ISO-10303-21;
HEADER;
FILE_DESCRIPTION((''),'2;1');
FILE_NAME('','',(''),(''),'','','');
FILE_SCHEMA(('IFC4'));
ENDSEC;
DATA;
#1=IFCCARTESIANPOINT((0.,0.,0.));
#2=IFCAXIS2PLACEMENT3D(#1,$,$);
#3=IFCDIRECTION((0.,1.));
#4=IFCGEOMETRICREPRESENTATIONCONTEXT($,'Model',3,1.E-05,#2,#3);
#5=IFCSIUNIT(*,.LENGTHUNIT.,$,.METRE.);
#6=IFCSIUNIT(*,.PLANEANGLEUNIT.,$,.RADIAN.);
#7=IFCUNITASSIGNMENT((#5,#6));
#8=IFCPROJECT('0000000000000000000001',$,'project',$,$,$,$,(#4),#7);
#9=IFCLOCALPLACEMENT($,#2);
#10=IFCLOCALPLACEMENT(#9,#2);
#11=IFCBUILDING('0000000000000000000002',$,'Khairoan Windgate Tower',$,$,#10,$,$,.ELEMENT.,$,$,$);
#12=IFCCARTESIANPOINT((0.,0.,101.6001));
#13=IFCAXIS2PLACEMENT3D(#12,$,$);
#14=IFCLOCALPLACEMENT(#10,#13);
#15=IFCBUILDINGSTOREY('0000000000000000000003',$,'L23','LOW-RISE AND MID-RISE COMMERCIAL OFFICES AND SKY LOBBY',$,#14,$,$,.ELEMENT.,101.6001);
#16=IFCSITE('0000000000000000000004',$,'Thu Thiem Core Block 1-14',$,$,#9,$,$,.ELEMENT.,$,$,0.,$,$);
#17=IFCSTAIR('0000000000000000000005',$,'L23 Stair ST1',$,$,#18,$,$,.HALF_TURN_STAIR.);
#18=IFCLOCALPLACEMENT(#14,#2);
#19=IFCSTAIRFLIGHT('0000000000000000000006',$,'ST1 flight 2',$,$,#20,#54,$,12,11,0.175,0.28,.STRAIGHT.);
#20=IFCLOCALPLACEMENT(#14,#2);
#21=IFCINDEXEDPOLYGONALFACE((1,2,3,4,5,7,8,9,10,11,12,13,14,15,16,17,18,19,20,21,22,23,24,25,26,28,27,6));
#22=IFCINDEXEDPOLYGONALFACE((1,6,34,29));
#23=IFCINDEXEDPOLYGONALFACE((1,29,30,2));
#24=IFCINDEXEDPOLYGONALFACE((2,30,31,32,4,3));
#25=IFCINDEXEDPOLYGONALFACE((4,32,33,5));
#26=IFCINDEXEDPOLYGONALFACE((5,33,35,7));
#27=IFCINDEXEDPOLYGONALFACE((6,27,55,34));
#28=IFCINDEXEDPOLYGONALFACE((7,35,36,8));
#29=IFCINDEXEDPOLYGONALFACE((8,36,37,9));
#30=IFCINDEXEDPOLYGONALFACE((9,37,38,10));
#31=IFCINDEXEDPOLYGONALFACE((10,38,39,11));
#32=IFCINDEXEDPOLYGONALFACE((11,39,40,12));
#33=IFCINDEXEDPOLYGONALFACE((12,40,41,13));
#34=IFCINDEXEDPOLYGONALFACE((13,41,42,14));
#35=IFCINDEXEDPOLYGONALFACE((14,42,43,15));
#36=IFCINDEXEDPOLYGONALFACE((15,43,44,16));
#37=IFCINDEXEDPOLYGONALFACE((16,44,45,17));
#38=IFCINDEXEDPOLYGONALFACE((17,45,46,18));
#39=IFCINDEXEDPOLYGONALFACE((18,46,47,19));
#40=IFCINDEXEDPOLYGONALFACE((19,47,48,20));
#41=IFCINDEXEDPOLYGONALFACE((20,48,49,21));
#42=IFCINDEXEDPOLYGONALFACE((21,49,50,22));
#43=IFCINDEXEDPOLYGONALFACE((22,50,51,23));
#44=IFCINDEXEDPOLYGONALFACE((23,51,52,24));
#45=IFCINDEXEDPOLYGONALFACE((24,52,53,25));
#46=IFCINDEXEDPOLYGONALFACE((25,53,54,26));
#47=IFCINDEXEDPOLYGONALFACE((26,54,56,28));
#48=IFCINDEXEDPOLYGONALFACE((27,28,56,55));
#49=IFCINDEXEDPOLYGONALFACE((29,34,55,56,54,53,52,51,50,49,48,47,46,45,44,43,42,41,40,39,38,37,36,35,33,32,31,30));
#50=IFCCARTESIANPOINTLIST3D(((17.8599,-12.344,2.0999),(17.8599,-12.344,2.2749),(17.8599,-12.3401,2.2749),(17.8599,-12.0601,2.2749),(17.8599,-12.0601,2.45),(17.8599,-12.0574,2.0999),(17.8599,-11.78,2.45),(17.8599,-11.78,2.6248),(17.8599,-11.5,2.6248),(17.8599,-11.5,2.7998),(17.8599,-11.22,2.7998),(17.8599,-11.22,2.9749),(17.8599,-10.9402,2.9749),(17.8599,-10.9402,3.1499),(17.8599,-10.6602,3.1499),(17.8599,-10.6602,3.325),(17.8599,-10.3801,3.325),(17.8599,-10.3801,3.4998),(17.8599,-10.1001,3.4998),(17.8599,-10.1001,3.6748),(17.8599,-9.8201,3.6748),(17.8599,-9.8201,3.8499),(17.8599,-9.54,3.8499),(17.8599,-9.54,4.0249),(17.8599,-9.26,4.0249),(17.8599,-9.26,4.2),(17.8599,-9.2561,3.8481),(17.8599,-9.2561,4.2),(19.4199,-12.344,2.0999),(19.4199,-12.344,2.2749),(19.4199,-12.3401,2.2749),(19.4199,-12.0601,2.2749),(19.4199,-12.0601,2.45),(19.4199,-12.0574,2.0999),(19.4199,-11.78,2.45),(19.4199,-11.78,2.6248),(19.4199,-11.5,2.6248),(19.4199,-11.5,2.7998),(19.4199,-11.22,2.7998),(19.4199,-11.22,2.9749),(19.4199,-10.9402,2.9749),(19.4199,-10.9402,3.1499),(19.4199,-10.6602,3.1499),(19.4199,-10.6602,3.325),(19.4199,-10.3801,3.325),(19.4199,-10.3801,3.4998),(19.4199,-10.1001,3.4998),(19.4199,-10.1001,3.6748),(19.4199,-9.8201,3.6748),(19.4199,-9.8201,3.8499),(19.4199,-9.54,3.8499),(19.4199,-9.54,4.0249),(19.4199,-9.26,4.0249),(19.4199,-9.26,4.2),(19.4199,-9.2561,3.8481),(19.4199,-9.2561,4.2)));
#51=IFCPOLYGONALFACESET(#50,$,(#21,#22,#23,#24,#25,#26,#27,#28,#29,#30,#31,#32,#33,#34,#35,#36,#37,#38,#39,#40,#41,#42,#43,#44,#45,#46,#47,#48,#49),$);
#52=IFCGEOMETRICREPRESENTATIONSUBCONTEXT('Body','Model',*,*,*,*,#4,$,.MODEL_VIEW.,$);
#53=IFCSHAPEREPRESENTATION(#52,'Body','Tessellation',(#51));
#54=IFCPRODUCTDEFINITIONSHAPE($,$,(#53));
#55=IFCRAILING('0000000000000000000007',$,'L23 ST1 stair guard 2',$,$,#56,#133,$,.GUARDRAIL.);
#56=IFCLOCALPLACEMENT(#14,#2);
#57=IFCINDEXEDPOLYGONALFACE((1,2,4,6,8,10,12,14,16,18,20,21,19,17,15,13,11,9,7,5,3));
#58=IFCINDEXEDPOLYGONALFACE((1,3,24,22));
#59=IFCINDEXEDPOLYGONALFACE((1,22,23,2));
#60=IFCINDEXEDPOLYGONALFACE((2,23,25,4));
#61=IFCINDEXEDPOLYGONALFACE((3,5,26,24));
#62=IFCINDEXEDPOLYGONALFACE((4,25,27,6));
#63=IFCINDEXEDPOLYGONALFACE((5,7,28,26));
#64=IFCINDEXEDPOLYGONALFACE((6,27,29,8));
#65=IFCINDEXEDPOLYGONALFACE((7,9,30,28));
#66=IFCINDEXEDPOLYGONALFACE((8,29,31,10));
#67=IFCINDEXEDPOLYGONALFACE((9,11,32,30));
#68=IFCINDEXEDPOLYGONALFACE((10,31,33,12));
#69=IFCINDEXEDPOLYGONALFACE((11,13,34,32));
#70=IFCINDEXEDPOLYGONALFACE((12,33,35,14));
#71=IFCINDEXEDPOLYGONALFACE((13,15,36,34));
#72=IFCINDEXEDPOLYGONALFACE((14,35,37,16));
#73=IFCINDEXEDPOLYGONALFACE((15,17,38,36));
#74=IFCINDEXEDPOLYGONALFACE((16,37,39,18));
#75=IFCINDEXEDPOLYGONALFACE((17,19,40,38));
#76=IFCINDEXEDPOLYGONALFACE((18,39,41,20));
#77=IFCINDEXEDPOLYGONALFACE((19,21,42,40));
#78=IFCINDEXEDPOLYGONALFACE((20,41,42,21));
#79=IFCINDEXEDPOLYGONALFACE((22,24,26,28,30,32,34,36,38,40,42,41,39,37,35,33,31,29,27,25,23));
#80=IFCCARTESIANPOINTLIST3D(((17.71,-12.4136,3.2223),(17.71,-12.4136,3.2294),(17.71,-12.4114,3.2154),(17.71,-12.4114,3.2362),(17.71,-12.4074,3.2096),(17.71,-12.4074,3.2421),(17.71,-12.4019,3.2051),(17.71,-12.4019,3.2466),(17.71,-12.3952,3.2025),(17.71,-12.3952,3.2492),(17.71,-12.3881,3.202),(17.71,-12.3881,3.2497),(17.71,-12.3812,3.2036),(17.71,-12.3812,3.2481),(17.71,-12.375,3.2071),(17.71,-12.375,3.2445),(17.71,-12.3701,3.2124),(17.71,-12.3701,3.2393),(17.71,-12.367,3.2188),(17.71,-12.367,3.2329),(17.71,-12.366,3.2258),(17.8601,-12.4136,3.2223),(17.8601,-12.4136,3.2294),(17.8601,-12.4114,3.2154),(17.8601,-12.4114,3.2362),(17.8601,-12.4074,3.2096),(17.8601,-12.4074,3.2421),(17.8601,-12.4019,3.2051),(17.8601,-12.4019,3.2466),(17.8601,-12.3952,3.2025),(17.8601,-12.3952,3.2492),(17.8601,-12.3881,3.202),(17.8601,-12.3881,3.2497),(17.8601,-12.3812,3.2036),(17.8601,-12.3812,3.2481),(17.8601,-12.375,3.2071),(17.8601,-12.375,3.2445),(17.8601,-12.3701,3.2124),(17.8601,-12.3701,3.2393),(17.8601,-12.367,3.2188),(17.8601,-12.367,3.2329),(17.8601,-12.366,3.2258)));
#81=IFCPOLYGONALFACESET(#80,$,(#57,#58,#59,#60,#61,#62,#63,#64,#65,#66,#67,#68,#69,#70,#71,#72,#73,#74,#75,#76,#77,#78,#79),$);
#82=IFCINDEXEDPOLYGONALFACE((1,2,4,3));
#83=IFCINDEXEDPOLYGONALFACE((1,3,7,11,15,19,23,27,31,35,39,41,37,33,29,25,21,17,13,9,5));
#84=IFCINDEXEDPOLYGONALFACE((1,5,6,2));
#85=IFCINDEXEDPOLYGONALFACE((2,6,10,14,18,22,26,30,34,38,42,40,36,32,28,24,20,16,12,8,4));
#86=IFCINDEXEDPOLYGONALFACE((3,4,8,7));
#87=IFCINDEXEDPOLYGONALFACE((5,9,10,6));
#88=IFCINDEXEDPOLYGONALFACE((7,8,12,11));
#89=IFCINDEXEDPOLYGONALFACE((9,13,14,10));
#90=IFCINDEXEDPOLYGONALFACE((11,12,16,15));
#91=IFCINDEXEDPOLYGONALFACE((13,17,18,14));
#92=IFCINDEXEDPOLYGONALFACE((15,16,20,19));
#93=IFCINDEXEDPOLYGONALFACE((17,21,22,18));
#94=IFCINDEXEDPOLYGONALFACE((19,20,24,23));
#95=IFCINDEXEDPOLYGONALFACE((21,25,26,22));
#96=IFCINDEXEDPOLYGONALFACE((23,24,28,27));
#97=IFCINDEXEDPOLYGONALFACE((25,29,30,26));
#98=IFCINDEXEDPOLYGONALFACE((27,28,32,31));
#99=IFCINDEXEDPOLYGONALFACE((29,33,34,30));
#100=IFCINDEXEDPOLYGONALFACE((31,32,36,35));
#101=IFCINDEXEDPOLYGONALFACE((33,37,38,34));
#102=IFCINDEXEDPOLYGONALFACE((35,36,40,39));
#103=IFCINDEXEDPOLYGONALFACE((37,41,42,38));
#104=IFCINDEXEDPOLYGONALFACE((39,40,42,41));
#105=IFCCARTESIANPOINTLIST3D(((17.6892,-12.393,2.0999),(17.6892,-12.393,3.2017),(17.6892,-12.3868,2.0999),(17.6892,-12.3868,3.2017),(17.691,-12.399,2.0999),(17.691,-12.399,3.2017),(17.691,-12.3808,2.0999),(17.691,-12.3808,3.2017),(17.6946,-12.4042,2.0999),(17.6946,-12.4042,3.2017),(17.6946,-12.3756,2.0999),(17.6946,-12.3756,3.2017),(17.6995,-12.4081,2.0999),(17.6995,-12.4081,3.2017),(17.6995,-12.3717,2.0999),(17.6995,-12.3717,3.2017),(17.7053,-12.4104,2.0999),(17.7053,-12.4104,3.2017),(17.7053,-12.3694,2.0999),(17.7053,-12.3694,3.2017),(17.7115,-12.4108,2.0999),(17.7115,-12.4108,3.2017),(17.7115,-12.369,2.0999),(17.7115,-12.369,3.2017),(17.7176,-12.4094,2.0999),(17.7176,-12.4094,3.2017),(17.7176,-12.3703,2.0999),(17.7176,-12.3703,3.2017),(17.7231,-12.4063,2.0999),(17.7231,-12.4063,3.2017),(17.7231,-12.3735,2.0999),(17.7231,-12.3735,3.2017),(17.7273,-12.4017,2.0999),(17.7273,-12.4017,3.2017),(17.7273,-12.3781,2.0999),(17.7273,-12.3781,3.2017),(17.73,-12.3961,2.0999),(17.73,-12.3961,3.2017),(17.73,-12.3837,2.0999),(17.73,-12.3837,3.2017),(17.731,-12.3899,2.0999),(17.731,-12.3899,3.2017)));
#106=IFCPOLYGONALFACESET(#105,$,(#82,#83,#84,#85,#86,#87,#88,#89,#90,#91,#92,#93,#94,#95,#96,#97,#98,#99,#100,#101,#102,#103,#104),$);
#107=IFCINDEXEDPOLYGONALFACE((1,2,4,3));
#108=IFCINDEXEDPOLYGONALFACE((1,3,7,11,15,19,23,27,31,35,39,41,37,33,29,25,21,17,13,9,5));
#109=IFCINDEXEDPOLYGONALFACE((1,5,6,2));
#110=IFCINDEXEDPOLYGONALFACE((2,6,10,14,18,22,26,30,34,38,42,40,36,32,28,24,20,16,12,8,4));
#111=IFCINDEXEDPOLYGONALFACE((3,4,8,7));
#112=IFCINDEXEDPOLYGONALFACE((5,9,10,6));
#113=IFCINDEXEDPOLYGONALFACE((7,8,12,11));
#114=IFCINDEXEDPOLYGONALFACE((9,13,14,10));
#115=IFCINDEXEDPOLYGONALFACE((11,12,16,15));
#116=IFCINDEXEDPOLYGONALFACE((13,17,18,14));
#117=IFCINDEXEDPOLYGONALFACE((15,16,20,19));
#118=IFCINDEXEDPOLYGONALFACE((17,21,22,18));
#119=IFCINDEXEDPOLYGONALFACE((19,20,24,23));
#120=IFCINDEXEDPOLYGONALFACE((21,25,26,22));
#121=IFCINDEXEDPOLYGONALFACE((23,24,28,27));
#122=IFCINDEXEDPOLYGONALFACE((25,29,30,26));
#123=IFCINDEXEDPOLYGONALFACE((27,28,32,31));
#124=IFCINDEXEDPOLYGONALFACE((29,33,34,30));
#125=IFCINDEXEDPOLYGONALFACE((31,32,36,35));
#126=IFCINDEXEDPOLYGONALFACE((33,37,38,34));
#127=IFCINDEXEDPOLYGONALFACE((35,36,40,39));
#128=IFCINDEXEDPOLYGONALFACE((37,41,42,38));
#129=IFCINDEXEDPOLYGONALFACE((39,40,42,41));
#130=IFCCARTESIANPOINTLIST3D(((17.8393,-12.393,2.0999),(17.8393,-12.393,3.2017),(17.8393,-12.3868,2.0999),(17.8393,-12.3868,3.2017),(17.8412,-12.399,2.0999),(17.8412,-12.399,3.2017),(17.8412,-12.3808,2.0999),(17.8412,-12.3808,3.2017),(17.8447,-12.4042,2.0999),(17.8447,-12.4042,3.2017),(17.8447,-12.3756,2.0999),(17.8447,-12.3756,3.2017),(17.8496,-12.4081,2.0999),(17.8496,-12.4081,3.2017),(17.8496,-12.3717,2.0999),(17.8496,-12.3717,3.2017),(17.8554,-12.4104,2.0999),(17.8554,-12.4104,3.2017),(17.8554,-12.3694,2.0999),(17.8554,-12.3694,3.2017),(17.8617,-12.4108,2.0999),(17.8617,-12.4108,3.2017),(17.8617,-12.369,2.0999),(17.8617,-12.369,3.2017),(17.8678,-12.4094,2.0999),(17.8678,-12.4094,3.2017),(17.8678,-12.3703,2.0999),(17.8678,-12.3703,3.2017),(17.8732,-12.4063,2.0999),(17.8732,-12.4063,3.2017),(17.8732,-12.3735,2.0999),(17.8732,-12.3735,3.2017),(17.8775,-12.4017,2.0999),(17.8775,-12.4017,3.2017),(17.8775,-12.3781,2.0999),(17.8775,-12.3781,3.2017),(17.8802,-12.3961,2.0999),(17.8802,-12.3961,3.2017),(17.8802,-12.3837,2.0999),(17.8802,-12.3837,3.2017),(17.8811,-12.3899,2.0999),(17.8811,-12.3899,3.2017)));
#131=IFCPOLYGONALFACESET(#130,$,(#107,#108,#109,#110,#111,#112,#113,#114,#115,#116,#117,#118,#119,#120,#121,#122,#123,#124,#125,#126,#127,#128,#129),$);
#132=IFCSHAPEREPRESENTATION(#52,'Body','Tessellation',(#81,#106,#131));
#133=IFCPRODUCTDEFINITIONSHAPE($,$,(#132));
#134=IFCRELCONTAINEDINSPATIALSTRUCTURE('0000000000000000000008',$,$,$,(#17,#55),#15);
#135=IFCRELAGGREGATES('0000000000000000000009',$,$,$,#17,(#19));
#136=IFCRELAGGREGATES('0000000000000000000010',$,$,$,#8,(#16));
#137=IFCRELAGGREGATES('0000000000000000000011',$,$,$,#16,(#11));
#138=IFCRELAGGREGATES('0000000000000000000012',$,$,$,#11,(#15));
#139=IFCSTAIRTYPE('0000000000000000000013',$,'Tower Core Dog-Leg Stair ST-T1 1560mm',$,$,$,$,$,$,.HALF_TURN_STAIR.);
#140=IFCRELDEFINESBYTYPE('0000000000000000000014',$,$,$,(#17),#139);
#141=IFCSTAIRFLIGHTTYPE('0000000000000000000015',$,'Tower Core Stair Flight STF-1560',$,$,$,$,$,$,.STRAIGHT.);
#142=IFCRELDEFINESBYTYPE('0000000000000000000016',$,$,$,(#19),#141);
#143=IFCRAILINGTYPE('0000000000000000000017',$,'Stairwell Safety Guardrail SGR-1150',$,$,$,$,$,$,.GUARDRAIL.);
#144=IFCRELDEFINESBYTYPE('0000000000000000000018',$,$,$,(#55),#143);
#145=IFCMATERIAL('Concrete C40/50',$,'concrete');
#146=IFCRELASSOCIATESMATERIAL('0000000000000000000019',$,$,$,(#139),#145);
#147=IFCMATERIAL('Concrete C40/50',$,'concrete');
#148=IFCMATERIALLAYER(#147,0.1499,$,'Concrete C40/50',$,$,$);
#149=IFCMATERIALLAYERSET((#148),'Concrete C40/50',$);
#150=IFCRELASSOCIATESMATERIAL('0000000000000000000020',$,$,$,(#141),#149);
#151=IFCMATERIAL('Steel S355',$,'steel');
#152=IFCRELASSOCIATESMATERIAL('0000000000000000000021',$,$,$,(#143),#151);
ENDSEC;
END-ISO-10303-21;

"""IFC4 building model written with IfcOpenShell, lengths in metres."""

from ifc_helpers import new_model, si_unit, direction, frame, origin, origin_2d, place, context, subcontext, project, spatial, polyline, circle, outline, extrude, material, layer, layer_set, type_object, element, aggregate, save


model = new_model("IFC4")

# Units and contexts
model_context = context("Model", 3, precision=1e-05, world=origin(), true_north=direction((0.0, 1.0)))
body_context = subcontext(model_context, "Body", "Model", "MODEL_VIEW")
ifc_project = project(units=[si_unit("LENGTHUNIT", "METRE"), si_unit("PLANEANGLEUNIT", "RADIAN")], contexts=[model_context])

# Site, building, storey
site_placement = place(None, origin())
site = spatial("IfcSite", under=ifc_project, at=site_placement, Name="Thu Thiem Core Block 1-14", CompositionType="ELEMENT", RefElevation=0.0)
building_placement = place(site_placement, origin())
building = spatial("IfcBuilding", under=site, at=building_placement, Name="Khairoan Windgate Tower", CompositionType="ELEMENT")
storey_placement = place(building_placement, frame((0.0, 0.0, 101.6001)))
storey = spatial("IfcBuildingStorey", under=building, at=storey_placement, Name="L23", Description="LOW-RISE AND MID-RISE COMMERCIAL OFFICES AND SKY LOBBY", CompositionType="ELEMENT", Elevation=101.6001)

# Stair, stair flight
ifc_material_1 = material(Name="Concrete C40/50", Category="concrete")
stair_type = type_object("IfcStairType", Name="Tower Core Dog-Leg Stair ST-T1 1560mm", PredefinedType="HALF_TURN_STAIR", material=ifc_material_1)
stair_placement = place(storey_placement, origin())
stair = element("IfcStair", 1, at=stair_placement, inside=storey, type_object=stair_type, Name="L23 Stair ST1", PredefinedType="HALF_TURN_STAIR")
ifc_material_2 = material(Name="Concrete C40/50", Category="concrete")
ifc_layer_1 = layer(ifc_material_2, 0.1499, Name="Concrete C40/50")
ifc_layer_set_1 = layer_set([ifc_layer_1], Name="Concrete C40/50")
stair_flight_type = type_object("IfcStairFlightType", Name="Tower Core Stair Flight STF-1560", PredefinedType="STRAIGHT", material=ifc_layer_set_1)
stair_flight_placement = place(storey_placement, frame((18.6399, -12.3401, 2.0999), z_axis=(0.0, 0.0, 1.0), x_axis=(0.0, 1.0, 0.0)))
stair_flight = element("IfcStairFlight", 2, at=stair_flight_placement, type_object=stair_flight_type, Name="ST1 flight 2", NumberOfRisers=12, NumberOfTreads=11, PredefinedType="STRAIGHT", RiserHeight=0.175, TreadLength=0.28, context=body_context, shape_type="SweptSolid", body=[
    extrude(outline(polyline([(-0.0039, 0.0), (-0.0039, 0.175), (0.0, 0.175), (0.28, 0.175), (0.28, 0.3501), (0.5601, 0.3501), (0.5601, 0.5249), (0.8401, 0.5249), (0.8401, 0.7), (1.1201, 0.7), (1.1201, 0.875), (1.3999, 0.875), (1.3999, 1.05), (1.6799, 1.05), (1.6799, 1.2251), (1.96, 1.2251), (1.96, 1.3999), (2.24, 1.3999), (2.24, 1.575), (2.52, 1.575), (2.52, 1.75), (2.8, 1.75), (2.8, 1.925), (3.0801, 1.925), (3.0801, 2.1001), (3.084, 2.1001), (3.084, 1.7483), (0.2827, 0.0), (-0.0039, 0.0)])), frame((0.0, 0.78, 0.0), z_axis=(0.0, -1.0, 0.0), x_axis=(1.0, 0.0, 0.0)), (0.0, 0.0, 1.0), 1.5601),
])
aggregate(stair, [stair_flight])

# Railing
ifc_material_3 = material(Name="Steel S355", Category="steel")
railing_type = type_object("IfcRailingType", Name="Stairwell Safety Guardrail SGR-1150", PredefinedType="GUARDRAIL", material=ifc_material_3)
railing_1_placement = place(storey_placement, frame((17.71, -12.3899, 2.0999)))
element("IfcRailing", 3, at=railing_1_placement, inside=storey, type_object=railing_type, Name="L23 ST1 stair guard 2", PredefinedType="GUARDRAIL", context=body_context, shape_type="SweptSolid", body=[
    extrude(circle(Radius=0.0239, at=origin_2d()), frame((0.0, 0.0, 1.126), z_axis=(1.0, 0.0, 0.0), x_axis=(0.0, 1.0, 0.0)), (0.0, 0.0, 1.0), 0.1501),
    extrude(circle(Radius=0.021, at=origin_2d()), origin(), (0.0, 0.0, 1.0), 1.1018),
    extrude(circle(Radius=0.021, at=origin_2d()), frame((0.1501, 0.0, 0.0)), (0.0, 0.0, 1.0), 1.1018),
])

save(model, "model.ifc")
